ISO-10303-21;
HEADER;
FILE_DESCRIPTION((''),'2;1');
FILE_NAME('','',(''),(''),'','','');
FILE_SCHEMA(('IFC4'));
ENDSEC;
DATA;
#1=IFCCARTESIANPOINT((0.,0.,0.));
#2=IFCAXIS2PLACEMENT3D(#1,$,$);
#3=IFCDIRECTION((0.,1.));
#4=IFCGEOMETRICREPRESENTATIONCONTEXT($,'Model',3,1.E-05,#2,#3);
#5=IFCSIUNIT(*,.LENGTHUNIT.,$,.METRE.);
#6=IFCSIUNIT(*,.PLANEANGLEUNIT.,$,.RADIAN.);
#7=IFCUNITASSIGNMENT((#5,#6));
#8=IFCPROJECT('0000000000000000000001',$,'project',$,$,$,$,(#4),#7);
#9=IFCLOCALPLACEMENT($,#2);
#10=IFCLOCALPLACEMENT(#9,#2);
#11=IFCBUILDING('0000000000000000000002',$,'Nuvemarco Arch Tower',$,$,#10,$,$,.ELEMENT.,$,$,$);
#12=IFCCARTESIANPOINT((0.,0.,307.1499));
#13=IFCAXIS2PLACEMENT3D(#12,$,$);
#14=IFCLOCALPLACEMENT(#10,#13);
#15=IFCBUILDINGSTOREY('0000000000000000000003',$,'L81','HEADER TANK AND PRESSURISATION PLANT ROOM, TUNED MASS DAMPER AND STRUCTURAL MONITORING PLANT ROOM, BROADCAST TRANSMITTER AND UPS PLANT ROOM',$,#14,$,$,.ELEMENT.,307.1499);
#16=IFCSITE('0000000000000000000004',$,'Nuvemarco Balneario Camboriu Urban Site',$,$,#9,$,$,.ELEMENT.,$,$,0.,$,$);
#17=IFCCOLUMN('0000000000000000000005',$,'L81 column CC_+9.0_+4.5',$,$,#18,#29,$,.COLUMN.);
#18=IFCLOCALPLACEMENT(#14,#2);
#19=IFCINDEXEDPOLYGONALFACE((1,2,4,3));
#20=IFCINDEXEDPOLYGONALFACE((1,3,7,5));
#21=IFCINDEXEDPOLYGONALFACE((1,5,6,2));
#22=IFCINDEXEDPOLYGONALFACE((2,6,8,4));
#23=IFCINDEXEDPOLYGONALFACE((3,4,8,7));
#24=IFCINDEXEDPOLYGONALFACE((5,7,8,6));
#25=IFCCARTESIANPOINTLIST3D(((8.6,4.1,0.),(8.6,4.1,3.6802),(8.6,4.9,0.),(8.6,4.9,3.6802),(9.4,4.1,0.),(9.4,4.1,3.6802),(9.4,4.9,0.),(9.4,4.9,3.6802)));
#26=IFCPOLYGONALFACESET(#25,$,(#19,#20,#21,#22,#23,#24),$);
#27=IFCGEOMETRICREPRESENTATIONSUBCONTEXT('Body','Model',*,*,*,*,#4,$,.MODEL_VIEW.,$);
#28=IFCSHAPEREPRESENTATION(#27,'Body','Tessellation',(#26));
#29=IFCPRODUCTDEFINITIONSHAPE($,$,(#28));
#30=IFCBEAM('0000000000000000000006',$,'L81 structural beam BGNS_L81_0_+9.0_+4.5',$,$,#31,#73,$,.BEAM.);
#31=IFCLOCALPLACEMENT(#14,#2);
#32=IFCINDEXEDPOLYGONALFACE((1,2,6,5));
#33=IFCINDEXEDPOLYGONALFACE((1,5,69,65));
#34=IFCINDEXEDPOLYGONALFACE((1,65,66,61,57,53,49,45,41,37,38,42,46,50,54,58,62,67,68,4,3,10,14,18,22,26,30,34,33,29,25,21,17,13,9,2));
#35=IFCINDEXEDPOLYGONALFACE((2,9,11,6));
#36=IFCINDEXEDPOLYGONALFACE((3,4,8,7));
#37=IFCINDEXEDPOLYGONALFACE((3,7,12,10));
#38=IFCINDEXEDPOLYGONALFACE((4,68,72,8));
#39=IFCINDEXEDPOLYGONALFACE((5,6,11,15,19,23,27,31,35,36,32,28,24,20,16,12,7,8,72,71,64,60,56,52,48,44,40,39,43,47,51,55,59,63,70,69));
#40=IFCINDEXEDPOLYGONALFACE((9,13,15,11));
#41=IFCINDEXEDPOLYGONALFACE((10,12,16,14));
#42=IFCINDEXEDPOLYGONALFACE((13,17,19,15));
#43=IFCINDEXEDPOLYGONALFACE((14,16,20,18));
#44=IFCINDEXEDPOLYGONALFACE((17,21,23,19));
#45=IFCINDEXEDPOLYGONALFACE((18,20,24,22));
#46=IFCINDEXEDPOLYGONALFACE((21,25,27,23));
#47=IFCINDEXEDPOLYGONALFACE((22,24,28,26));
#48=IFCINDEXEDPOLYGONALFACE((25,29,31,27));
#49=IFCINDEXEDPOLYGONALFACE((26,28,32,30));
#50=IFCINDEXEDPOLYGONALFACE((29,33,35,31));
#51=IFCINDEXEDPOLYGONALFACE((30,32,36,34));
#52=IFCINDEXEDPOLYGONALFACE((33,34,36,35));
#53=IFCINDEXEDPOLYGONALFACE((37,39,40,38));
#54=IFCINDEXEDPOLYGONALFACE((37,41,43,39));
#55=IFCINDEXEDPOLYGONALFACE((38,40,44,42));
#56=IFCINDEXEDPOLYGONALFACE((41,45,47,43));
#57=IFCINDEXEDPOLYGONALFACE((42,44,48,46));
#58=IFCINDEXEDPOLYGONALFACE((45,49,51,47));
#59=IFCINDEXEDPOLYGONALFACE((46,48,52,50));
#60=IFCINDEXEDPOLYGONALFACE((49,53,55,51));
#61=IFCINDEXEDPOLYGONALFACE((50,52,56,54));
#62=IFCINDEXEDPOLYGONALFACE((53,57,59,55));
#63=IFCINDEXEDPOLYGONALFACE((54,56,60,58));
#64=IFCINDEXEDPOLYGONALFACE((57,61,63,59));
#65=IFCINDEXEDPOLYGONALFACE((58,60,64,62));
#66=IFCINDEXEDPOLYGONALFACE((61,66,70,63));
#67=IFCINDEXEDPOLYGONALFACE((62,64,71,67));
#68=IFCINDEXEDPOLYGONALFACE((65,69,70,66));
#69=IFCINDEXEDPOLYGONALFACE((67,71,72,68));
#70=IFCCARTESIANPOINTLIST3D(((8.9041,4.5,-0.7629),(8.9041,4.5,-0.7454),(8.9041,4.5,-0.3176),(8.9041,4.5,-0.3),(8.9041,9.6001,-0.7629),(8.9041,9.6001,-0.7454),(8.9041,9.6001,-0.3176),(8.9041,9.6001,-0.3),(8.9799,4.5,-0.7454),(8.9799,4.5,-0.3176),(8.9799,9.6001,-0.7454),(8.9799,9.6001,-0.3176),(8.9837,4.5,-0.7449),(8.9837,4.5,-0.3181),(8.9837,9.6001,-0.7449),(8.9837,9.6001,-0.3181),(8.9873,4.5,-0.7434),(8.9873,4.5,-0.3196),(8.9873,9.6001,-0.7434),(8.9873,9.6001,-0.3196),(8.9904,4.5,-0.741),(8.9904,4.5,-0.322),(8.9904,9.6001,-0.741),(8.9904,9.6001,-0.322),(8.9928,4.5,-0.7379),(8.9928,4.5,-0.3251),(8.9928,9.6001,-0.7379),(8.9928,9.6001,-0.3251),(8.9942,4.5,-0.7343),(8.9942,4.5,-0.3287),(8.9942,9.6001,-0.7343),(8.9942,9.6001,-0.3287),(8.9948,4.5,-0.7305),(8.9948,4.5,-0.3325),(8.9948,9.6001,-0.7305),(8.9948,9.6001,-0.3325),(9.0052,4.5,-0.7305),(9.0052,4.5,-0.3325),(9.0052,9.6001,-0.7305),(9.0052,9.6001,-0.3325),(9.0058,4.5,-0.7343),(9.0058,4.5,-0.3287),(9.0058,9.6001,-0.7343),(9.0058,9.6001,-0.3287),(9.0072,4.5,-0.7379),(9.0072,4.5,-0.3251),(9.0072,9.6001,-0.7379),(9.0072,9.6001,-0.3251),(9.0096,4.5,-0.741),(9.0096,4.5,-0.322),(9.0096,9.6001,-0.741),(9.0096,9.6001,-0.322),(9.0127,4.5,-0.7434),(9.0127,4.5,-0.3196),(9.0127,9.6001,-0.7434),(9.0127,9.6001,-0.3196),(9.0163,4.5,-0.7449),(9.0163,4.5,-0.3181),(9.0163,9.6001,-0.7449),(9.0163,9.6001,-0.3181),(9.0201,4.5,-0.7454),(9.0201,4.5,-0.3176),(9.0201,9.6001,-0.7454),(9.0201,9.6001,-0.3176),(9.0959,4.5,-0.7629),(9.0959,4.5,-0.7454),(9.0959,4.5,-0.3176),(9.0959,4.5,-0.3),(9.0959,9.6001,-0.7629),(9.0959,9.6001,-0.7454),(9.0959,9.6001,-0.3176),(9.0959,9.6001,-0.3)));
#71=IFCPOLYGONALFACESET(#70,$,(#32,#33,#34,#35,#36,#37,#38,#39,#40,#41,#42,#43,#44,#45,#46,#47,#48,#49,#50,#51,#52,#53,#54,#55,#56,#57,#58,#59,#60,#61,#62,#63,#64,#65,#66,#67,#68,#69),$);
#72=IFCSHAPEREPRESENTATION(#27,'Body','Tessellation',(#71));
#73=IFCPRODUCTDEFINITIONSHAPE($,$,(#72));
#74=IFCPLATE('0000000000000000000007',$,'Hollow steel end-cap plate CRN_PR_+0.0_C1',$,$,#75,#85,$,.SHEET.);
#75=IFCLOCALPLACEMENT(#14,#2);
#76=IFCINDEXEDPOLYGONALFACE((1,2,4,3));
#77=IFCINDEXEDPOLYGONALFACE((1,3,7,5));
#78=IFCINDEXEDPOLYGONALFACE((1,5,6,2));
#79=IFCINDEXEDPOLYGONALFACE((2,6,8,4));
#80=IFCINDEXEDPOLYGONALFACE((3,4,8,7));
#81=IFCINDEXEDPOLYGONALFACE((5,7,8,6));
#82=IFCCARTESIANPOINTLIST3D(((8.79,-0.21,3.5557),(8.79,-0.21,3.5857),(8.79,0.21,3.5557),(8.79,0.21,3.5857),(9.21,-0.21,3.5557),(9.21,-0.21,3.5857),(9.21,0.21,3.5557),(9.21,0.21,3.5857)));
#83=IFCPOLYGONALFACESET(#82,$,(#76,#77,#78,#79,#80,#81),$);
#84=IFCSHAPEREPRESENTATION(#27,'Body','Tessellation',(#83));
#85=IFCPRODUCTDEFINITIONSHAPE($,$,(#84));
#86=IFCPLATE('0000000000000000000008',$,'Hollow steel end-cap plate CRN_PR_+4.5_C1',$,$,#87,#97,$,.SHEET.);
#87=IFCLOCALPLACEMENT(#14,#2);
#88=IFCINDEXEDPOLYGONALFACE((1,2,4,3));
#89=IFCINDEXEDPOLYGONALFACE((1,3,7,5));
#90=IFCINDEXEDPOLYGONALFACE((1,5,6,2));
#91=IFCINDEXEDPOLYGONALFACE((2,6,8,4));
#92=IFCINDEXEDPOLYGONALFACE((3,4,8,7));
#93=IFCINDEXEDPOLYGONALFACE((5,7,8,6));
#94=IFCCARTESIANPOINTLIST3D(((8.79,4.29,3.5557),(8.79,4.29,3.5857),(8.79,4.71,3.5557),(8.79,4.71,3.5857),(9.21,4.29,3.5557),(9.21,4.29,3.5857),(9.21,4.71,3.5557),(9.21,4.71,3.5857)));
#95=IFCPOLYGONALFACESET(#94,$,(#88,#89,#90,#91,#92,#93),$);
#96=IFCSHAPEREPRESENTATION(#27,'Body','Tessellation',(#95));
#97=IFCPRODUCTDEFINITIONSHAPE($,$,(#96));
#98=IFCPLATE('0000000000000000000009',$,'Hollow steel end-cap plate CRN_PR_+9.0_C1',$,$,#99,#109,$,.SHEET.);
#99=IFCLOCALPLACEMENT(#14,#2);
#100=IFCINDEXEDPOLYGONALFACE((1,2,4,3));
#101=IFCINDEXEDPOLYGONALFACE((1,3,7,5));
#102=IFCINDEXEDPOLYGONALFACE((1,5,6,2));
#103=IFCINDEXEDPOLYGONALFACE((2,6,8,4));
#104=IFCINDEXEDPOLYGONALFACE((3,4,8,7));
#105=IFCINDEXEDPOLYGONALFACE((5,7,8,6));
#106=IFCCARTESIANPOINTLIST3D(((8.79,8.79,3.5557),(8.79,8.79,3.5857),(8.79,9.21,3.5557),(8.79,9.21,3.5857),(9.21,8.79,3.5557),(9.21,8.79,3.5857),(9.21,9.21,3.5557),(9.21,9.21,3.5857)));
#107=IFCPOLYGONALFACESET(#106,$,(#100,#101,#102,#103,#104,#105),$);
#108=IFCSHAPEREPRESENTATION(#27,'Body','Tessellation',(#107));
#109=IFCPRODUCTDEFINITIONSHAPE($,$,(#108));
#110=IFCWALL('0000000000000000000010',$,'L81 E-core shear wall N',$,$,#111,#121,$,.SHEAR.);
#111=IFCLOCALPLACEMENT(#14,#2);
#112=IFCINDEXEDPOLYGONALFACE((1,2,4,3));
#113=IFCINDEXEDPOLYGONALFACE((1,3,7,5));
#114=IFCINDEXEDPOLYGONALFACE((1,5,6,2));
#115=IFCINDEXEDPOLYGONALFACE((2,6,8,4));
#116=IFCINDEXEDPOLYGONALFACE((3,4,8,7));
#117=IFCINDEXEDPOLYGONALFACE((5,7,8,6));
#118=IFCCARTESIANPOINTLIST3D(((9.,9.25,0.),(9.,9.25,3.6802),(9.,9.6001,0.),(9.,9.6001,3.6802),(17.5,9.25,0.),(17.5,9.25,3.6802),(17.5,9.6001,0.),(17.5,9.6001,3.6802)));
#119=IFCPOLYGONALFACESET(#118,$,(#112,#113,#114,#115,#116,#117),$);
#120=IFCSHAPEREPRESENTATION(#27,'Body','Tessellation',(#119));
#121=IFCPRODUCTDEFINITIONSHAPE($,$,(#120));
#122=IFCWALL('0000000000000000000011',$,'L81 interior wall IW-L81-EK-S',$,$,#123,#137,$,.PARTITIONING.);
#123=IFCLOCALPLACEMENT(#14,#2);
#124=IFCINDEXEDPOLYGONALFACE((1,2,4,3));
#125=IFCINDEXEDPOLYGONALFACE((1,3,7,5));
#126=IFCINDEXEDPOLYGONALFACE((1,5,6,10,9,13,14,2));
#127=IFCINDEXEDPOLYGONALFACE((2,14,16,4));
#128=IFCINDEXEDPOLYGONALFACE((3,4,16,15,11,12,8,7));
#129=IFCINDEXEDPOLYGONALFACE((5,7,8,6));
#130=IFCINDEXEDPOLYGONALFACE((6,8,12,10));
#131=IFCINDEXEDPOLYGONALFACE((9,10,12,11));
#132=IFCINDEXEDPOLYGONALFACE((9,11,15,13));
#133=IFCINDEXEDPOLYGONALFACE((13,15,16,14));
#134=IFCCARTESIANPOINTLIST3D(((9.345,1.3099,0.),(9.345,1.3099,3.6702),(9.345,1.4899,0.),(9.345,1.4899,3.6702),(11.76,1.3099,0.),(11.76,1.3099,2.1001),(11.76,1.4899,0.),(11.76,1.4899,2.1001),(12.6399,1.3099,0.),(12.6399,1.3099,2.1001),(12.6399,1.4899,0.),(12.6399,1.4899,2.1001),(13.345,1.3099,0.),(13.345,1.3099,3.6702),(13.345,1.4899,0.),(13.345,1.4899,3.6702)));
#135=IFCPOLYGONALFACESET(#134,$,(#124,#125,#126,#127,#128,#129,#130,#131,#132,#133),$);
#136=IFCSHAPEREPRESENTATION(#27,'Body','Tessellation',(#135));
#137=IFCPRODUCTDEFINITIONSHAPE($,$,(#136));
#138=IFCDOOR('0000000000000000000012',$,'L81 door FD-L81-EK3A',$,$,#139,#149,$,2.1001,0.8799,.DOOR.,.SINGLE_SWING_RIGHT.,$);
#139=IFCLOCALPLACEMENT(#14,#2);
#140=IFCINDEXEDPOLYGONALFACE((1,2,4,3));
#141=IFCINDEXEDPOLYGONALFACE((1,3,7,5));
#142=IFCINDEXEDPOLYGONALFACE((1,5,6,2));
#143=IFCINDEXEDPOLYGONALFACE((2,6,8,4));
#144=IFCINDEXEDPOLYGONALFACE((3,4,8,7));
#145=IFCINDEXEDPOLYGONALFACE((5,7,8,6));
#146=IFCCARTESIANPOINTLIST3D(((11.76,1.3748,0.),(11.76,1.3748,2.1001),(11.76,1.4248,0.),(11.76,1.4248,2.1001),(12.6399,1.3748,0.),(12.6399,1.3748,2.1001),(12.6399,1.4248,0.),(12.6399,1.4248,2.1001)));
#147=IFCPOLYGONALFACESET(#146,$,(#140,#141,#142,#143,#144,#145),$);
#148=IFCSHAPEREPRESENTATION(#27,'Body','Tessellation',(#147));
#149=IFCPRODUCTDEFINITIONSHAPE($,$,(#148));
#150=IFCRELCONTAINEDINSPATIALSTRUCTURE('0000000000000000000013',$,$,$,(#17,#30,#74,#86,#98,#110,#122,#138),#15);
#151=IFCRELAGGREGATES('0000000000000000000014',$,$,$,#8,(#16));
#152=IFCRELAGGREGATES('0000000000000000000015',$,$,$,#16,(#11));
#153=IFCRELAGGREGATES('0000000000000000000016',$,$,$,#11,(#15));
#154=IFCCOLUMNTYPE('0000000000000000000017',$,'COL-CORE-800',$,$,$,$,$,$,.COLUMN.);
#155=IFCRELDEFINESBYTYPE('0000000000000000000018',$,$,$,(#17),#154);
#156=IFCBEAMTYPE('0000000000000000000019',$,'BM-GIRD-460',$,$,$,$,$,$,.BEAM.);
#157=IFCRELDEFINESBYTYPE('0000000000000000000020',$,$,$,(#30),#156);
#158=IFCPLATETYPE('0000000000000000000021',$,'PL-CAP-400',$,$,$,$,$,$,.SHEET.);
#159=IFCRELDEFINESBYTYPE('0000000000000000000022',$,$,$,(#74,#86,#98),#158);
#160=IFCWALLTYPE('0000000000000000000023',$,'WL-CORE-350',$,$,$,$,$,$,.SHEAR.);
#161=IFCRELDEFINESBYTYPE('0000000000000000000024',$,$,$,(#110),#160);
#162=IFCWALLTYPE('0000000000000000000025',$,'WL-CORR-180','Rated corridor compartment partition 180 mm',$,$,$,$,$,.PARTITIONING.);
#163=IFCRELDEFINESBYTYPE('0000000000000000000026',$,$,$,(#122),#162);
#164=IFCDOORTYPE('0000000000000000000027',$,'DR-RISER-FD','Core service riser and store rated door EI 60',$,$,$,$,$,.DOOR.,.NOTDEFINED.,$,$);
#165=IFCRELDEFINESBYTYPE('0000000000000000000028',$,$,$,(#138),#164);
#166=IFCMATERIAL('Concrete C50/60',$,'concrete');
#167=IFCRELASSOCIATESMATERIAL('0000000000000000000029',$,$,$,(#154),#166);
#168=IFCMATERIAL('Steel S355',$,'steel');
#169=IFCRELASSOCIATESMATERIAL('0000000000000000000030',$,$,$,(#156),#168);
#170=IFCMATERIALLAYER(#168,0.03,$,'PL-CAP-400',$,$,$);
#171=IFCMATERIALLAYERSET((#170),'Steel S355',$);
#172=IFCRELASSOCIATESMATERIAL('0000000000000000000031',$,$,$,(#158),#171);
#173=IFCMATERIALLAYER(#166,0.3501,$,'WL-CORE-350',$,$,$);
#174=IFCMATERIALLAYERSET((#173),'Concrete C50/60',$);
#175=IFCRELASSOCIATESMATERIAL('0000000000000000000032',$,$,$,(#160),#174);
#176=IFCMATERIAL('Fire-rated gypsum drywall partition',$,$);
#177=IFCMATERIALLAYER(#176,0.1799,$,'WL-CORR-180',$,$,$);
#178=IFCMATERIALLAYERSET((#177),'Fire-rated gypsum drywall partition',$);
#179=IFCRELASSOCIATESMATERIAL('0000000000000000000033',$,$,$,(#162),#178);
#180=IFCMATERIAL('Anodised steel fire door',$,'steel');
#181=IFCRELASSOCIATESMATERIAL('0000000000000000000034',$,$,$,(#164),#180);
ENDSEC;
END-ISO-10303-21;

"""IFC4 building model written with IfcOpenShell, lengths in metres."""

from ifc_helpers import new_model, si_unit, direction, frame, frame_2d, origin, origin_2d, place, context, subcontext, project, spatial, rectangle, i_section, extrude, source, transform, mapped, material, layer, layer_set, material_profile, profile_set, type_object, type_shapes, element, fill, save


model = new_model("IFC4")

# Units and contexts
model_context = context("Model", 3, precision=1e-05, world=origin(), true_north=direction((0.0, 1.0)))
body_context = subcontext(model_context, "Body", "Model", "MODEL_VIEW")
ifc_project = project(units=[si_unit("LENGTHUNIT", "METRE"), si_unit("PLANEANGLEUNIT", "RADIAN")], contexts=[model_context])

# Site, building, storey
site_placement = place(None, origin())
site = spatial("IfcSite", under=ifc_project, at=site_placement, Name="Nuvemarco Balneario Camboriu Urban Site", CompositionType="ELEMENT", RefElevation=0.0)
building_placement = place(site_placement, origin())
building = spatial("IfcBuilding", under=site, at=building_placement, Name="Nuvemarco Arch Tower", CompositionType="ELEMENT")
storey_placement = place(building_placement, frame((0.0, 0.0, 307.1499)))
storey = spatial("IfcBuildingStorey", under=building, at=storey_placement, Name="L81", Description="HEADER TANK AND PRESSURISATION PLANT ROOM, TUNED MASS DAMPER AND STRUCTURAL MONITORING PLANT ROOM, BROADCAST TRANSMITTER AND UPS PLANT ROOM", CompositionType="ELEMENT", Elevation=307.1499)

# Column
ifc_material_1 = material(Name="Concrete C50/60", Category="concrete")
ifc_material_profile_1 = material_profile(ifc_material_1, rectangle(XDim=0.8, YDim=0.8, at=origin_2d()), Name="RC-COL-800x800")
ifc_profile_set_1 = profile_set([ifc_material_profile_1], Name="Concrete C50/60")
column_type = type_object("IfcColumnType", Name="COL-CORE-800", PredefinedType="COLUMN", material=ifc_profile_set_1)
column_placement = place(storey_placement, frame((9.0, 4.5, 0.0), z_axis=(0.0, 0.0, 1.0), x_axis=(1.0, 0.0, 0.0)))
element("IfcColumn", 1, at=column_placement, inside=storey, type_object=column_type, Name="L81 column CC_+9.0_+4.5", PredefinedType="COLUMN", context=body_context, shape_type="SweptSolid", body=[
    extrude(rectangle(XDim=0.8, YDim=0.8, at=origin_2d()), origin(), (0.0, 0.0, 1.0), 3.6802),
])

# Beam
ifc_material_2 = material(Name="Steel S355", Category="steel")
ifc_material_profile_2 = material_profile(ifc_material_2, i_section(OverallWidth=0.1919, OverallDepth=0.4629, WebThickness=0.0105, FlangeThickness=0.0176, FilletRadius=0.0149, at=origin_2d()), Name="W460x89")
ifc_profile_set_2 = profile_set([ifc_material_profile_2], Name="Steel S355")
beam_type = type_object("IfcBeamType", Name="BM-GIRD-460", PredefinedType="BEAM", material=ifc_profile_set_2)
beam_placement = place(storey_placement, frame((9.0, 4.5, -0.5315), z_axis=(0.0, 1.0, 0.0), x_axis=(-1.0, 0.0, 0.0)))
element("IfcBeam", 2, at=beam_placement, inside=storey, type_object=beam_type, Name="L81 structural beam BGNS_L81_0_+9.0_+4.5", PredefinedType="BEAM", context=body_context, shape_type="SweptSolid", body=[
    extrude(i_section(OverallWidth=0.1919, OverallDepth=0.4629, WebThickness=0.0105, FlangeThickness=0.0176, FilletRadius=0.0149, at=origin_2d()), origin(), (0.0, 0.0, 1.0), 5.1001),
])

# Plates
ifc_layer_1 = layer(ifc_material_2, 0.03, Name="PL-CAP-400")
ifc_layer_set_1 = layer_set([ifc_layer_1], Name="Steel S355")
plate_type = type_object("IfcPlateType", Name="PL-CAP-400", PredefinedType="SHEET", material=ifc_layer_set_1)
shared_shape_1 = source(origin(), body_context, "Body", "SweptSolid", [
    extrude(rectangle(XDim=0.4199, YDim=0.4199, at=origin_2d()), origin(), (0.0, 0.0, 1.0), 0.03),
])
type_shapes(plate_type, [shared_shape_1])
for number, where, z_axis, x_axis, name in (
    (3, (9.0, 0.0, 3.5557), (0.0, 0.0, 1.0), (1.0, 0.0, 0.0), "Hollow steel end-cap plate CRN_PR_+0.0_C1"),
    (4, (9.0, 4.5, 3.5557), (0.0, 0.0, 1.0), (1.0, 0.0, 0.0), "Hollow steel end-cap plate CRN_PR_+4.5_C1"),
    (5, (9.0, 9.0, 3.5557), (0.0, 0.0, 1.0), (1.0, 0.0, 0.0), "Hollow steel end-cap plate CRN_PR_+9.0_C1"),
):
    element("IfcPlate", number, at=place(storey_placement, frame(where, z_axis=z_axis, x_axis=x_axis)), inside=storey, type_object=plate_type, Name=name, PredefinedType="SHEET", context=body_context, shape_type="MappedRepresentation", body=[
        mapped(shared_shape_1, transform((0.0, 0.0, 0.0), scale=1.0)),
    ])

# Wall
ifc_layer_2 = layer(ifc_material_1, 0.3501, Name="WL-CORE-350")
ifc_layer_set_2 = layer_set([ifc_layer_2], Name="Concrete C50/60")
wall_type_1 = type_object("IfcWallType", Name="WL-CORE-350", PredefinedType="SHEAR", material=ifc_layer_set_2)
wall_1_placement = place(storey_placement, frame((9.0, 9.425, 0.0), z_axis=(0.0, 0.0, 1.0), x_axis=(1.0, 0.0, 0.0)))
element("IfcWall", 6, at=wall_1_placement, inside=storey, type_object=wall_type_1, Name="L81 E-core shear wall N", PredefinedType="SHEAR", context=body_context, shape_type="SweptSolid", body=[
    extrude(rectangle(XDim=8.5, YDim=0.3501, at=frame_2d((4.25, 0.0))), origin(), (0.0, 0.0, 1.0), 3.6802),
])

# Wall, opening, door
ifc_material_3 = material(Name="Fire-rated gypsum drywall partition")
ifc_layer_3 = layer(ifc_material_3, 0.1799, Name="WL-CORR-180")
ifc_layer_set_3 = layer_set([ifc_layer_3], Name="Fire-rated gypsum drywall partition")
wall_type_2 = type_object("IfcWallType", Name="WL-CORR-180", Description="Rated corridor compartment partition 180 mm", PredefinedType="PARTITIONING", material=ifc_layer_set_3)
wall_2_placement = place(storey_placement, frame((9.345, 1.3999, 0.0), z_axis=(0.0, 0.0, 1.0), x_axis=(1.0, 0.0, 0.0)))
wall_2 = element("IfcWall", 7, at=wall_2_placement, inside=storey, type_object=wall_type_2, Name="L81 interior wall IW-L81-EK-S", PredefinedType="PARTITIONING", context=body_context, shape_type="SweptSolid", body=[
    extrude(rectangle(XDim=4.0, YDim=0.1799, at=frame_2d((2.0, 0.0))), origin(), (0.0, 0.0, 1.0), 3.6702),
])
opening_1_placement = place(wall_2_placement, frame((2.415, 0.0, 0.0)))
opening_1 = element("IfcOpeningElement", 8, at=opening_1_placement, cuts=wall_2, PredefinedType="OPENING", context=body_context, shape_type="SweptSolid", body=[
    extrude(rectangle(XDim=0.8799, YDim=2.1001, at=frame_2d((0.4399, 1.05))), frame((0.0, 0.0999, 0.0), z_axis=(0.0, -1.0, 0.0), x_axis=(1.0, 0.0, 0.0)), (0.0, 0.0, 1.0), 0.2),
])
ifc_material_4 = material(Name="Anodised steel fire door", Category="steel")
door_type_1 = type_object("IfcDoorType", Name="DR-RISER-FD", Description="Core service riser and store rated door EI 60", OperationType="NOTDEFINED", PredefinedType="DOOR", material=ifc_material_4)
shared_shape_2 = source(origin(), body_context, "Body", "SweptSolid", [
    extrude(rectangle(XDim=0.8799, YDim=2.1001, at=frame_2d((0.4399, 1.05))), frame((0.0, 0.0249, 0.0), z_axis=(0.0, -1.0, 0.0), x_axis=(1.0, 0.0, 0.0)), (0.0, 0.0, 1.0), 0.05),
])
type_shapes(door_type_1, [shared_shape_2])
door_1_placement = place(opening_1_placement, origin())
door_1 = element("IfcDoor", 9, at=door_1_placement, inside=storey, type_object=door_type_1, Name="L81 door FD-L81-EK3A", OperationType="SINGLE_SWING_RIGHT", OverallHeight=2.1001, OverallWidth=0.8799, PredefinedType="DOOR", context=body_context, shape_type="MappedRepresentation", body=[
    mapped(shared_shape_2, transform((0.0, 0.0, 0.0), scale=1.0)),
])
fill(opening_1, door_1)

save(model, "model.ifc")
